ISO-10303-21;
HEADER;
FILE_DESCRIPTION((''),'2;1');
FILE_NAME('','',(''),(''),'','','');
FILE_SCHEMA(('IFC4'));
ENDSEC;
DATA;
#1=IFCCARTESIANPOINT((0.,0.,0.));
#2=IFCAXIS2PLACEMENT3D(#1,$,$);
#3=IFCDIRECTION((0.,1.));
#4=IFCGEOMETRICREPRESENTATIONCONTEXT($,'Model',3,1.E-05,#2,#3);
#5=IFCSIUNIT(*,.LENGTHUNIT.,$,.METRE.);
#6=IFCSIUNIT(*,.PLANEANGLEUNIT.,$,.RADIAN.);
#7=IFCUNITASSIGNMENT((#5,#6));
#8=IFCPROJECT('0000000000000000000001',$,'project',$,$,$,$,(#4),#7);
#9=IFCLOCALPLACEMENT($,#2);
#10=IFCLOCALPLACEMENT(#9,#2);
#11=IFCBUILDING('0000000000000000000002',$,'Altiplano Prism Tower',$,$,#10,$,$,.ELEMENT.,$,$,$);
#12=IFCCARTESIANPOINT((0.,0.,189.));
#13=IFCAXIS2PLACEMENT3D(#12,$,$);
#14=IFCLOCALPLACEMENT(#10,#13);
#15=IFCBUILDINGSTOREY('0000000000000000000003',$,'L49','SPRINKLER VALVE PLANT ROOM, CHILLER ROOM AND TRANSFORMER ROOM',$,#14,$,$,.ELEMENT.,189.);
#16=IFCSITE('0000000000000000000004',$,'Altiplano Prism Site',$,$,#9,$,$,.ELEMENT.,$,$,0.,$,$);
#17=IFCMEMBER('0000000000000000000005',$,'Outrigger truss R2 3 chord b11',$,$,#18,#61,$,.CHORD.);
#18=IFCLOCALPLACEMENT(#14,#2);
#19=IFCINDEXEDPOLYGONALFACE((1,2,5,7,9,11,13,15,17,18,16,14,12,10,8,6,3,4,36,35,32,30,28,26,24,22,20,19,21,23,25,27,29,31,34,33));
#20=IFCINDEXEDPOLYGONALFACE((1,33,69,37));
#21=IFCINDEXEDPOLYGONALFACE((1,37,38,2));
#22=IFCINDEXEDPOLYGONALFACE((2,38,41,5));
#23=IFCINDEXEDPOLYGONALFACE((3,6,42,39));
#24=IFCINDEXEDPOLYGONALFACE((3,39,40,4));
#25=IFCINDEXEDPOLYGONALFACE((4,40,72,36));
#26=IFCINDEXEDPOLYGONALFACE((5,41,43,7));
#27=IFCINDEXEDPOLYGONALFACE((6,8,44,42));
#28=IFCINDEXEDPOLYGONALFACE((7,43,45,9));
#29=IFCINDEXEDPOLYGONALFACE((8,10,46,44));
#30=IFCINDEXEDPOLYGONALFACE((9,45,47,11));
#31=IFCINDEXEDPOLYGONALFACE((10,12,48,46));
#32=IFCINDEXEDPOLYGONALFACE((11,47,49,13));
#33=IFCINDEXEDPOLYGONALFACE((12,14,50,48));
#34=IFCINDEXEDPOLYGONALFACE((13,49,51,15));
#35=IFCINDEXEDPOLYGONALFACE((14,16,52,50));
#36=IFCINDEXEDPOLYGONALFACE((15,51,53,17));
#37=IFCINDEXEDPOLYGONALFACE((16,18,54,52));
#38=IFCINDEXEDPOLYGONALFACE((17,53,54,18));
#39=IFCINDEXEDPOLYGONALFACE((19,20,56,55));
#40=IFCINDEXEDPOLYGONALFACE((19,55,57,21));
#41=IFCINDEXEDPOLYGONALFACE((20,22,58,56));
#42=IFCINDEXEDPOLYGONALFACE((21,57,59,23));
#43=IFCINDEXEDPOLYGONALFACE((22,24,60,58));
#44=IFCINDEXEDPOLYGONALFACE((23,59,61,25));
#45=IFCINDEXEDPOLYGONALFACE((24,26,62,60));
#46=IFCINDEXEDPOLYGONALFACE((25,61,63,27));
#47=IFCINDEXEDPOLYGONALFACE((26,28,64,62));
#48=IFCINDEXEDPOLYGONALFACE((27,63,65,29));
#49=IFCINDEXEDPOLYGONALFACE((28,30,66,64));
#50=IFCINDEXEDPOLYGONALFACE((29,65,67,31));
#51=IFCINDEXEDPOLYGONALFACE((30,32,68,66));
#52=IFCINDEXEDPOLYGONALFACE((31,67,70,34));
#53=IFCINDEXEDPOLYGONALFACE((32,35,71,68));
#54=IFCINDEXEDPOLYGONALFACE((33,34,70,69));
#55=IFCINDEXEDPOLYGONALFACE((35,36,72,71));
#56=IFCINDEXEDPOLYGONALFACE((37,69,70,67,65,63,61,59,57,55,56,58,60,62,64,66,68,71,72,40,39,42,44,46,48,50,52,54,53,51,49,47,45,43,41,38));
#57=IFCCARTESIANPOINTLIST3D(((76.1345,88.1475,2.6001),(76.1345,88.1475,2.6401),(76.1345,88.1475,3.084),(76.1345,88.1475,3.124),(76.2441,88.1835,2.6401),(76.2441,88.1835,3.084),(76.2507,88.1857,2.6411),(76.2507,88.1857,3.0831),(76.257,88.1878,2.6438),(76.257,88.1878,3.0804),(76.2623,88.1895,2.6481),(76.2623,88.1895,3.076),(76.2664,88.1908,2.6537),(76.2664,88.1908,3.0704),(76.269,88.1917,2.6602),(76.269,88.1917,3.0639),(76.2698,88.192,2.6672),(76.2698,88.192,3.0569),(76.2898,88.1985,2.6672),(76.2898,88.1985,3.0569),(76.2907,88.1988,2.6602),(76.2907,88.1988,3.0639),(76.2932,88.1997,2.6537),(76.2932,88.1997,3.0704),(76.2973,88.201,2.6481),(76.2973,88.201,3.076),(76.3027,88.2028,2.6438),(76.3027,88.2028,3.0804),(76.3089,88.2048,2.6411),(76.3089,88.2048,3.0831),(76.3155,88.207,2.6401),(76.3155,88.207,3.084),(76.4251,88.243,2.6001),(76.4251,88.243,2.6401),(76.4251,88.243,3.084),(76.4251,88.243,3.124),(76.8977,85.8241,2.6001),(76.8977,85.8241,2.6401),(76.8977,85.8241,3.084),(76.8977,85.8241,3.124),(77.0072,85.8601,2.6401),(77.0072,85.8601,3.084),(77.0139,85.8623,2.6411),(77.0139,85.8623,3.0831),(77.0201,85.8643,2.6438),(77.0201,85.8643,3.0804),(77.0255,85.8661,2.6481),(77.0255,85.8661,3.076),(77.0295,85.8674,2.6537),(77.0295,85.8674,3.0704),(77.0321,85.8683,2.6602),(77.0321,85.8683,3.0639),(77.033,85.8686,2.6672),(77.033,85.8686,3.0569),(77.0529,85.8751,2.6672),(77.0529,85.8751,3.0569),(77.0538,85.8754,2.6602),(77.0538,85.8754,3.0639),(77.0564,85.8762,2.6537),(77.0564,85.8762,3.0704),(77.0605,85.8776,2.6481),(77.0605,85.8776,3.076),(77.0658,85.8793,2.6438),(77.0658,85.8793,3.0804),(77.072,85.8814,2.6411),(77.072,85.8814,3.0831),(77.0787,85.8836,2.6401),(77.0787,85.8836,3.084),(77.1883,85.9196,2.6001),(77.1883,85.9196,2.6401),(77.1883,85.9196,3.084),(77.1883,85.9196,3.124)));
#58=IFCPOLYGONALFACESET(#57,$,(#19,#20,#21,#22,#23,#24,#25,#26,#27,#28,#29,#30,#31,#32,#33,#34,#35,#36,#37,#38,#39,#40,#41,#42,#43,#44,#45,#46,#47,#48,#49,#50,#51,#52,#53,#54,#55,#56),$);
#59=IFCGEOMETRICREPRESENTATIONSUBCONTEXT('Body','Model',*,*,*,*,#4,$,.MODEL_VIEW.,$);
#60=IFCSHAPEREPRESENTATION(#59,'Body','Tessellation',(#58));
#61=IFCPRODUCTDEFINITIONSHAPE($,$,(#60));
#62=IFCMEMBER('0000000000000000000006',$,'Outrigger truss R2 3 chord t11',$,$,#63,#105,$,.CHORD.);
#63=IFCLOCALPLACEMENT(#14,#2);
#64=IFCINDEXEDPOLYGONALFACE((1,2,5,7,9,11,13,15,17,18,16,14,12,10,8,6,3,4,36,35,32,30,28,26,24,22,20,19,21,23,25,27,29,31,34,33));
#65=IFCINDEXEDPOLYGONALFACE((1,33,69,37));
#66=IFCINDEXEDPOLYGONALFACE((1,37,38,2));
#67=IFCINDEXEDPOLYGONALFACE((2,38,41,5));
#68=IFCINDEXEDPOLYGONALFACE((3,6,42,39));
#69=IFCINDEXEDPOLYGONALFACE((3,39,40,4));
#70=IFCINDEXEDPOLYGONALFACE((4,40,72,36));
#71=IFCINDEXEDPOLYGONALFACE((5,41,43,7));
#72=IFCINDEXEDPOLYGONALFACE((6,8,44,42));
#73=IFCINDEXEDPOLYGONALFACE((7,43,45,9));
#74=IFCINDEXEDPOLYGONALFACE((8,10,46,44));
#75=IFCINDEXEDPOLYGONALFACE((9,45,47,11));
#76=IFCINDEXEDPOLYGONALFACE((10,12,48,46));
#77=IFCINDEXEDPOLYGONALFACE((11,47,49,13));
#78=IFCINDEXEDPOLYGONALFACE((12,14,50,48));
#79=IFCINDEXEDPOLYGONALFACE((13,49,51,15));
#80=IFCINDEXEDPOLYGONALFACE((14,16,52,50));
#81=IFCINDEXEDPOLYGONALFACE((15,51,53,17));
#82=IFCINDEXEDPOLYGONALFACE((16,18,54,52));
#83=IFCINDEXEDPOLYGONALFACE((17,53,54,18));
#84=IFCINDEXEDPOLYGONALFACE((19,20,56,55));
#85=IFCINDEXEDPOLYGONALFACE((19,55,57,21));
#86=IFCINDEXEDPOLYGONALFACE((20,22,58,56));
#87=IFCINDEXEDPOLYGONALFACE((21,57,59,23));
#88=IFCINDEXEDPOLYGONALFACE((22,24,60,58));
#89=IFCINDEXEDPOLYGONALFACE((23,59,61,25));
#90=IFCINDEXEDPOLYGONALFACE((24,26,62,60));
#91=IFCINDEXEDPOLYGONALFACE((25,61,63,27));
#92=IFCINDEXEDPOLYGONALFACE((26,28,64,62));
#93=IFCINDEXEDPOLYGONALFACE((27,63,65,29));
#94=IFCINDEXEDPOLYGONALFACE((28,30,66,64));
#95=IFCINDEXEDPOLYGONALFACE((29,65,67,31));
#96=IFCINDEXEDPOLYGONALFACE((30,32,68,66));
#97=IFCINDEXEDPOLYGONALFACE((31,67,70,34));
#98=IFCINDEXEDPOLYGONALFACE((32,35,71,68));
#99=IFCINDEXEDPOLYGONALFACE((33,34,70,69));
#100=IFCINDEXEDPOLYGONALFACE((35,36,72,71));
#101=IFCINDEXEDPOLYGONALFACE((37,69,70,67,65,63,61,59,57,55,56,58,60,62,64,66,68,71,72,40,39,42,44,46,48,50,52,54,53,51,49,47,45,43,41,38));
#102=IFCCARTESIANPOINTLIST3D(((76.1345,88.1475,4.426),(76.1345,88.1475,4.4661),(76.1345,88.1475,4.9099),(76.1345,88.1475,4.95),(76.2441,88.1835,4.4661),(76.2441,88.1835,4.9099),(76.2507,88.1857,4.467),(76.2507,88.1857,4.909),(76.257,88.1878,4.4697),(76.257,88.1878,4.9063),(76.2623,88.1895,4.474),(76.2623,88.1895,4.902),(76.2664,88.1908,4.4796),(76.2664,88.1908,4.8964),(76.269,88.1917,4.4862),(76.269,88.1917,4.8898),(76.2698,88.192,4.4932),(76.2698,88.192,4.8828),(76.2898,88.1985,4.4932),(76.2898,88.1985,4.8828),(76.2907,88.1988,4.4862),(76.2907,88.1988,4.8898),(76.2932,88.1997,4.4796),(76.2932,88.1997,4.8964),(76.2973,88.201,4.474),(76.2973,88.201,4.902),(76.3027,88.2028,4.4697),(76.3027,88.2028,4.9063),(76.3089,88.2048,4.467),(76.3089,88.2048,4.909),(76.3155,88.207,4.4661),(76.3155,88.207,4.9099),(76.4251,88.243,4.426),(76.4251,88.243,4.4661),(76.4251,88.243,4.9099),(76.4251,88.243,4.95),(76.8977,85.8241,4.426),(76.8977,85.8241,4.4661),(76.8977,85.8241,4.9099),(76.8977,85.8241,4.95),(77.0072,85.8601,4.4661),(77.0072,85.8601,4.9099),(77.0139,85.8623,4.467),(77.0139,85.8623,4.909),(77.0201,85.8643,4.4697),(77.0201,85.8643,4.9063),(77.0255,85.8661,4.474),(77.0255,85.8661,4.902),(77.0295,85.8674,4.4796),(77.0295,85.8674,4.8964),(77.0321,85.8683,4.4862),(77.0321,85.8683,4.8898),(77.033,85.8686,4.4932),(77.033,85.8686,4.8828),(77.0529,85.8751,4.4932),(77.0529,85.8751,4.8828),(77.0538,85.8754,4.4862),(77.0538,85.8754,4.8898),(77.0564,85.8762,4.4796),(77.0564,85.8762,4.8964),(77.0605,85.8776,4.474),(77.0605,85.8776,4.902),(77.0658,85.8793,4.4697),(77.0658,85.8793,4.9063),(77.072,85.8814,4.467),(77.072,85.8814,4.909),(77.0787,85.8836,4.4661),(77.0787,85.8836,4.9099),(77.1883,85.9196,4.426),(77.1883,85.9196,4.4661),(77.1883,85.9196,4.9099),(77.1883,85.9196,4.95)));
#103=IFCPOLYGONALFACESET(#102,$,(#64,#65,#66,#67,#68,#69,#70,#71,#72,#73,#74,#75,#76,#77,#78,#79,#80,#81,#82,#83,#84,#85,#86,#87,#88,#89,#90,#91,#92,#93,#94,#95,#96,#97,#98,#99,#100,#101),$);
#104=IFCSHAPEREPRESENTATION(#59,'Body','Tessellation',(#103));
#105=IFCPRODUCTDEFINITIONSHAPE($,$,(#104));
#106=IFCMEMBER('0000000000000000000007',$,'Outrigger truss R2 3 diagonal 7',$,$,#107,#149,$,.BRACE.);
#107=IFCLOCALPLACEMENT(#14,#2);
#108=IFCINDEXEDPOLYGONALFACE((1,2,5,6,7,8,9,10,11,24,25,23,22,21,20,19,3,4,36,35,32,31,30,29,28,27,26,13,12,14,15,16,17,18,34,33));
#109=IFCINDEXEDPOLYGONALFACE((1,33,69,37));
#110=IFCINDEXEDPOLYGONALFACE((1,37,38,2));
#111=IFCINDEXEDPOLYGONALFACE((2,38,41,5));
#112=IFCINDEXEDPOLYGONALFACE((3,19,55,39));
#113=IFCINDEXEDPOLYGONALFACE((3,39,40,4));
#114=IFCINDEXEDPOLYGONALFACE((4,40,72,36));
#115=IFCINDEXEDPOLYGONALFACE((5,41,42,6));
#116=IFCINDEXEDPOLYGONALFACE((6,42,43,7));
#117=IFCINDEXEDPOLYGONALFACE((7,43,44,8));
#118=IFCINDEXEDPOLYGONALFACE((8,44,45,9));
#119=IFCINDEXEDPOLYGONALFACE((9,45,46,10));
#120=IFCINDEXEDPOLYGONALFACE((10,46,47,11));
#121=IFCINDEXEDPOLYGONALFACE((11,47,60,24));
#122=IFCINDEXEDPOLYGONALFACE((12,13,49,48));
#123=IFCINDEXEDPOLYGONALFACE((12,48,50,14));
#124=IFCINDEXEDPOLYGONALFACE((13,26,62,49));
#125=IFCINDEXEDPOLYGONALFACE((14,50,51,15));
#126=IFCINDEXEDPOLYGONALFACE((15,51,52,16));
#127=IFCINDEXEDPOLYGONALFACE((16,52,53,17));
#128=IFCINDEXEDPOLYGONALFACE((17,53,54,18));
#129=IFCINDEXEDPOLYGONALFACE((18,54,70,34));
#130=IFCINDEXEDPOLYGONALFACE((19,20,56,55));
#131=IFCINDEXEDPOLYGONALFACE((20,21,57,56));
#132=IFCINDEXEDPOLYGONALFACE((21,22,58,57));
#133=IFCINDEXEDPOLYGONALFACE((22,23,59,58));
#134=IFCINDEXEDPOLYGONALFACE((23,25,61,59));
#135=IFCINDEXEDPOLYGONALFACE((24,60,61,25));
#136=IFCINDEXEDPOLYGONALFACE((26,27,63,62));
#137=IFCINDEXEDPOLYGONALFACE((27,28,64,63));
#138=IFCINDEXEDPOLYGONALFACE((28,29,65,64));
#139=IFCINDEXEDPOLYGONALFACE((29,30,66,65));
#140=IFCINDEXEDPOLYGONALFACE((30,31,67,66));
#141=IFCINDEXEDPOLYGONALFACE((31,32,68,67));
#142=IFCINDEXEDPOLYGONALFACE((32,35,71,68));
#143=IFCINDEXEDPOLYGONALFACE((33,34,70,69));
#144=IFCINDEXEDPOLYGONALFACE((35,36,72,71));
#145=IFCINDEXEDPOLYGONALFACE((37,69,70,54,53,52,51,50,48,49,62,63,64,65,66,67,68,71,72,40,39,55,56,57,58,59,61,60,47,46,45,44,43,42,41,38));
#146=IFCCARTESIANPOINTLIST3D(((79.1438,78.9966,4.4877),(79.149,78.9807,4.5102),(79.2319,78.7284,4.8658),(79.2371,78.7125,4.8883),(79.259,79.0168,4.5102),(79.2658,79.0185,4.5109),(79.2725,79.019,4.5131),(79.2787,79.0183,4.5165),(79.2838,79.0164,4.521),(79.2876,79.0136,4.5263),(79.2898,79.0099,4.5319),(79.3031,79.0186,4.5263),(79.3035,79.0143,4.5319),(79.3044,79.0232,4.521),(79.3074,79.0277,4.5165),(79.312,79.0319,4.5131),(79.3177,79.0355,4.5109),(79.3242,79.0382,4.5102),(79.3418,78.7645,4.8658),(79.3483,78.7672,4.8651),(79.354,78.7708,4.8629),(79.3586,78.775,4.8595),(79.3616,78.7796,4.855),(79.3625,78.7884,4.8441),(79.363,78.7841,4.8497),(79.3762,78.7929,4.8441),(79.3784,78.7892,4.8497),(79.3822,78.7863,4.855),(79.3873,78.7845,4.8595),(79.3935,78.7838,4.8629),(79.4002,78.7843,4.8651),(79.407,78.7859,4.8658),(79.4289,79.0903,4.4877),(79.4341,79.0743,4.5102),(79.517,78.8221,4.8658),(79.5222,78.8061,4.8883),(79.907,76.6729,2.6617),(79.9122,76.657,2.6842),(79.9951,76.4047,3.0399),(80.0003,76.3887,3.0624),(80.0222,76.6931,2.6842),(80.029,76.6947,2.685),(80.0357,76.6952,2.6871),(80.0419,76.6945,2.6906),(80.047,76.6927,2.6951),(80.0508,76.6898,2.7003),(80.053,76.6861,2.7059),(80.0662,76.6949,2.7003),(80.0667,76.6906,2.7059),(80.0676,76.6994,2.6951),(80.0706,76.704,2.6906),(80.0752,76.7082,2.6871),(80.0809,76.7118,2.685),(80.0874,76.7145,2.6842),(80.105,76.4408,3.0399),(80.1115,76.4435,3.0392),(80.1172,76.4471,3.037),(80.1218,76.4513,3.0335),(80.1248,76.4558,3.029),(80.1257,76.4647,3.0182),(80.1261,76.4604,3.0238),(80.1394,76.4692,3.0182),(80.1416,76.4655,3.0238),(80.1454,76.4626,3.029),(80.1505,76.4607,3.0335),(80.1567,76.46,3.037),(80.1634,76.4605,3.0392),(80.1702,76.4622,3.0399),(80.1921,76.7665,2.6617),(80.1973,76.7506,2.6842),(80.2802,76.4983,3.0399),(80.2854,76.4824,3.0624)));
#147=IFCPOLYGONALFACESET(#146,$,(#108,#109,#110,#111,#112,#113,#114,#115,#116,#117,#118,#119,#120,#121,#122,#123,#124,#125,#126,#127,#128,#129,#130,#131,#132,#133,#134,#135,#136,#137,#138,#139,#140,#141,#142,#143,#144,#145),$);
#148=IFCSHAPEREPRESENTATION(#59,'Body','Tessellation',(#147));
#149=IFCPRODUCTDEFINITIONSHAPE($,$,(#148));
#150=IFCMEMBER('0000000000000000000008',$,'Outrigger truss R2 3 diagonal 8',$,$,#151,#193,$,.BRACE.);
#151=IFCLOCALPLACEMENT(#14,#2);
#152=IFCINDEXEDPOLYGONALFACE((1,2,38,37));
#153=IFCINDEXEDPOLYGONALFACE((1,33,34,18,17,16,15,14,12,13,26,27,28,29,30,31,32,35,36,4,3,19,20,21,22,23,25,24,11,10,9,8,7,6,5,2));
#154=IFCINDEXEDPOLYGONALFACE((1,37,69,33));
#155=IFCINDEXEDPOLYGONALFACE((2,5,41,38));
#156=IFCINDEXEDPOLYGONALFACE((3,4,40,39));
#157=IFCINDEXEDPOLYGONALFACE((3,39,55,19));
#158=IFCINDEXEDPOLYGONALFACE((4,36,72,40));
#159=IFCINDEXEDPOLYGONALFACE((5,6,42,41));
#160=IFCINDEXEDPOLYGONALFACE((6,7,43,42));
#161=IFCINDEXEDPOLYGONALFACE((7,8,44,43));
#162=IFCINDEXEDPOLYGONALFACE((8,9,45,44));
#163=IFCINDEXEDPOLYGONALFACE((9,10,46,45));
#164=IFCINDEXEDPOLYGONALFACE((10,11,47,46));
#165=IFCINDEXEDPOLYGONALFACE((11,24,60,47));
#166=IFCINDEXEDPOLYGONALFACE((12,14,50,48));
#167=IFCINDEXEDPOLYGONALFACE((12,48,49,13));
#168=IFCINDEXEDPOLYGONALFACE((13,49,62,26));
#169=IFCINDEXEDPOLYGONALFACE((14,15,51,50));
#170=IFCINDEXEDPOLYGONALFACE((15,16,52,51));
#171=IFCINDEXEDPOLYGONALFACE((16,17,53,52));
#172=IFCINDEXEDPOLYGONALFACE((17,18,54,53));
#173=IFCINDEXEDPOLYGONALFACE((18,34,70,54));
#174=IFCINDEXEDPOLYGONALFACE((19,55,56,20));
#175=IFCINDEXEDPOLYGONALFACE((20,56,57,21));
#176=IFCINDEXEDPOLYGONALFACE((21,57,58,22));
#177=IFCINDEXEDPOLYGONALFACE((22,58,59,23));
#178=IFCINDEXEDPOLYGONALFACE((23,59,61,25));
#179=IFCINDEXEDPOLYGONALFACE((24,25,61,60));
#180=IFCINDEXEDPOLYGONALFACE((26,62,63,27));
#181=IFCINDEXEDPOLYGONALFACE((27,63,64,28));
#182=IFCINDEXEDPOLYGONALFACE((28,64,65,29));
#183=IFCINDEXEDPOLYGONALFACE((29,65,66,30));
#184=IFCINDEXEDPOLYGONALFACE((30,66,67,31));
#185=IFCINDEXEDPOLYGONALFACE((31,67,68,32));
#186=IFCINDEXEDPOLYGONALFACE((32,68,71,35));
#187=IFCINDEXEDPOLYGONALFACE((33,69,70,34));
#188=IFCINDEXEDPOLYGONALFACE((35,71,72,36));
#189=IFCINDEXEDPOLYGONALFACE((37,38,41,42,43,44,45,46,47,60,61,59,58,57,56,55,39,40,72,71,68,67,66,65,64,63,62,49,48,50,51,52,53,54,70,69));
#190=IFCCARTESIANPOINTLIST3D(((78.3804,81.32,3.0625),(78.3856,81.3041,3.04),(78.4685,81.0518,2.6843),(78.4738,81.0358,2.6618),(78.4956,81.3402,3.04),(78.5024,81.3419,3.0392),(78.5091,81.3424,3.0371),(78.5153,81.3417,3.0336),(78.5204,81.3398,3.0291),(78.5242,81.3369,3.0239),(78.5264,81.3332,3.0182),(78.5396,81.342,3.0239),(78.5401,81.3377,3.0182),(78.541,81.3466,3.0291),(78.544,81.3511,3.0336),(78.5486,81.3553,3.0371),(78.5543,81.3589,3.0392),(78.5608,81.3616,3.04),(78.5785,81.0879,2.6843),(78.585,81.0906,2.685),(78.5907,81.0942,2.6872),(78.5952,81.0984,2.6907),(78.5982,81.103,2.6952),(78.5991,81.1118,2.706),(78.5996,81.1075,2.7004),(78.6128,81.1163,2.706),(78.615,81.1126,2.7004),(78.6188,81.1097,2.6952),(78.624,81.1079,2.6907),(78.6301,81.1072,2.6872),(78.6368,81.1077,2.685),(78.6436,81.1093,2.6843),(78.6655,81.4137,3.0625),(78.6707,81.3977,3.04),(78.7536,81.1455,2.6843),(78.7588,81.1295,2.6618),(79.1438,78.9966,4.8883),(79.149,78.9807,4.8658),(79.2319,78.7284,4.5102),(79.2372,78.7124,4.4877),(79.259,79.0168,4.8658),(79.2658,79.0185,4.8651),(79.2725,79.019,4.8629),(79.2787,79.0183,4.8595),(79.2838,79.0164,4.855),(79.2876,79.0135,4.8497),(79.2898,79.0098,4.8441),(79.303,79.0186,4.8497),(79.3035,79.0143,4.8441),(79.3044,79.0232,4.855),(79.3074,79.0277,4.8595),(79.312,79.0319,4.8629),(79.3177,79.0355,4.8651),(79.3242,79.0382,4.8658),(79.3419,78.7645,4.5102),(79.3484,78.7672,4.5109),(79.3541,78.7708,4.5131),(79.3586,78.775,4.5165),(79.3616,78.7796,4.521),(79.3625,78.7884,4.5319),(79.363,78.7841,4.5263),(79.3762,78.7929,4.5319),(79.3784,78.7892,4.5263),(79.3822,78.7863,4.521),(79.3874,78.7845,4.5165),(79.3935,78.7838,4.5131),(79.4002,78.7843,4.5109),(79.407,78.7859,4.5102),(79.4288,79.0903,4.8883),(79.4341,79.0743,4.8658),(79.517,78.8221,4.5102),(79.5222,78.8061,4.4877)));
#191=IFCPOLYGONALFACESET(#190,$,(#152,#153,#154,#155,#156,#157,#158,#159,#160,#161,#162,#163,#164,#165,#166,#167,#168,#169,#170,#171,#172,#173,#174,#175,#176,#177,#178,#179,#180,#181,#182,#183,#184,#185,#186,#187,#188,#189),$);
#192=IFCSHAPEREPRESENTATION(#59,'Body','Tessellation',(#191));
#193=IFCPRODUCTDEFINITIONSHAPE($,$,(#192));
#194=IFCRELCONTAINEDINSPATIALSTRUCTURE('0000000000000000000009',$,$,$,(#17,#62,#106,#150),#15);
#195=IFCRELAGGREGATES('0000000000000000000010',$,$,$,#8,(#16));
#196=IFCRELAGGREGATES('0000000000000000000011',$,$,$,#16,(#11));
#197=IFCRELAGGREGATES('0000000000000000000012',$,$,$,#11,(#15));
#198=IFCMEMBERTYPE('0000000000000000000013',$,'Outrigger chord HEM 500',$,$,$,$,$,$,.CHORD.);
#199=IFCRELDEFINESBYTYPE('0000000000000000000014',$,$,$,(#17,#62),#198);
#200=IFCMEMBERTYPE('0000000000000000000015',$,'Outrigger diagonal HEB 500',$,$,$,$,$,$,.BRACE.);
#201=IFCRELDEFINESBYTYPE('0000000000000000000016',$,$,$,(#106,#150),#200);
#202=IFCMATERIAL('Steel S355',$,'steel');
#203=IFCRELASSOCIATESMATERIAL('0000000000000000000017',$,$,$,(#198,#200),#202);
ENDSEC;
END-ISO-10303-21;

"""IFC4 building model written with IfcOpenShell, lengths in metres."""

from ifc_helpers import new_model, si_unit, direction, frame, origin, origin_2d, place, context, subcontext, project, spatial, i_section, extrude, material, material_profile, profile_set, type_object, element, save


model = new_model("IFC4")

# Units and contexts
model_context = context("Model", 3, precision=1e-05, world=origin(), true_north=direction((0.0, 1.0)))
body_context = subcontext(model_context, "Body", "Model", "MODEL_VIEW")
ifc_project = project(units=[si_unit("LENGTHUNIT", "METRE"), si_unit("PLANEANGLEUNIT", "RADIAN")], contexts=[model_context])

# Site, building, storey
site_placement = place(None, origin())
site = spatial("IfcSite", under=ifc_project, at=site_placement, Name="Altiplano Prism Site", CompositionType="ELEMENT", RefElevation=0.0)
building_placement = place(site_placement, origin())
building = spatial("IfcBuilding", under=site, at=building_placement, Name="Altiplano Prism Tower", CompositionType="ELEMENT")
storey_placement = place(building_placement, frame((0.0, 0.0, 189.0)))
storey = spatial("IfcBuildingStorey", under=building, at=storey_placement, Name="L49", Description="SPRINKLER VALVE PLANT ROOM, CHILLER ROOM AND TRANSFORMER ROOM", CompositionType="ELEMENT", Elevation=189.0)

# Members
ifc_material_1 = material(Name="Steel S355", Category="steel")
ifc_material_profile_1 = material_profile(ifc_material_1, i_section(OverallWidth=0.3059, OverallDepth=0.5239, WebThickness=0.021, FlangeThickness=0.04, FilletRadius=0.0271, at=origin_2d()), Name="Outrigger chord HEM 500")
ifc_profile_set_1 = profile_set([ifc_material_profile_1], Name="Steel S355")
member_type_1 = type_object("IfcMemberType", Name="Outrigger chord HEM 500", PredefinedType="CHORD", material=ifc_profile_set_1)
for number, where, z_axis, x_axis, name in (
    (1, (77.043, 85.8718, 2.8621), (-0.312062, 0.950062, 0.0), (-0.950062, -0.312062, 0.0), "Outrigger truss R2 3 chord b11"),
    (2, (77.043, 85.8718, 4.688), (-0.312062, 0.950062, 0.0), (-0.950062, -0.312062, 0.0), "Outrigger truss R2 3 chord t11"),
):
    element("IfcMember", number, at=place(storey_placement, frame(where, z_axis=z_axis, x_axis=x_axis)), inside=storey, type_object=member_type_1, Name=name, PredefinedType="CHORD", context=body_context, shape_type="SweptSolid", body=[
        extrude(i_section(OverallWidth=0.3059, OverallDepth=0.5239, WebThickness=0.021, FlangeThickness=0.04, FilletRadius=0.0271, at=origin_2d()), origin(), (0.0, 0.0, 1.0), 2.4456),
    ])
ifc_material_profile_2 = material_profile(ifc_material_1, i_section(OverallWidth=0.3, OverallDepth=0.5, WebThickness=0.0144, FlangeThickness=0.0281, FilletRadius=0.0271, at=origin_2d()), Name="Outrigger diagonal HEB 500")
ifc_profile_set_2 = profile_set([ifc_material_profile_2], Name="Steel S355")
member_type_2 = type_object("IfcMemberType", Name="Outrigger diagonal HEB 500", PredefinedType="BRACE", material=ifc_profile_set_2)
member_placement = place(storey_placement, frame((80.0962, 76.5776, 2.8621), z_axis=(-0.25004, 0.761319, 0.598225), x_axis=(-0.950071, -0.312032, 0.0)))
element("IfcMember", 3, at=member_placement, inside=storey, type_object=member_type_2, Name="Outrigger truss R2 3 diagonal 7", PredefinedType="BRACE", context=body_context, shape_type="SweptSolid", body=[
    extrude(i_section(OverallWidth=0.3, OverallDepth=0.5, WebThickness=0.0144, FlangeThickness=0.0281, FilletRadius=0.0271, at=origin_2d()), origin(), (0.0, 0.0, 1.0), 3.0522),
])
for number, where, z_axis, x_axis, name in (
    (4, (79.333, 78.9014, 4.688), (-0.25013, 0.76127, -0.598249), (-0.950032, -0.312152, 0.0), "Outrigger truss R2 3 diagonal 8"),
):
    element("IfcMember", number, at=place(storey_placement, frame(where, z_axis=z_axis, x_axis=x_axis)), inside=storey, type_object=member_type_2, Name=name, PredefinedType="BRACE", context=body_context, shape_type="SweptSolid", body=[
        extrude(i_section(OverallWidth=0.3, OverallDepth=0.5, WebThickness=0.0144, FlangeThickness=0.0281, FilletRadius=0.0271, at=origin_2d()), origin(), (0.0, 0.0, 1.0), 3.052),
    ])

save(model, "model.ifc")
